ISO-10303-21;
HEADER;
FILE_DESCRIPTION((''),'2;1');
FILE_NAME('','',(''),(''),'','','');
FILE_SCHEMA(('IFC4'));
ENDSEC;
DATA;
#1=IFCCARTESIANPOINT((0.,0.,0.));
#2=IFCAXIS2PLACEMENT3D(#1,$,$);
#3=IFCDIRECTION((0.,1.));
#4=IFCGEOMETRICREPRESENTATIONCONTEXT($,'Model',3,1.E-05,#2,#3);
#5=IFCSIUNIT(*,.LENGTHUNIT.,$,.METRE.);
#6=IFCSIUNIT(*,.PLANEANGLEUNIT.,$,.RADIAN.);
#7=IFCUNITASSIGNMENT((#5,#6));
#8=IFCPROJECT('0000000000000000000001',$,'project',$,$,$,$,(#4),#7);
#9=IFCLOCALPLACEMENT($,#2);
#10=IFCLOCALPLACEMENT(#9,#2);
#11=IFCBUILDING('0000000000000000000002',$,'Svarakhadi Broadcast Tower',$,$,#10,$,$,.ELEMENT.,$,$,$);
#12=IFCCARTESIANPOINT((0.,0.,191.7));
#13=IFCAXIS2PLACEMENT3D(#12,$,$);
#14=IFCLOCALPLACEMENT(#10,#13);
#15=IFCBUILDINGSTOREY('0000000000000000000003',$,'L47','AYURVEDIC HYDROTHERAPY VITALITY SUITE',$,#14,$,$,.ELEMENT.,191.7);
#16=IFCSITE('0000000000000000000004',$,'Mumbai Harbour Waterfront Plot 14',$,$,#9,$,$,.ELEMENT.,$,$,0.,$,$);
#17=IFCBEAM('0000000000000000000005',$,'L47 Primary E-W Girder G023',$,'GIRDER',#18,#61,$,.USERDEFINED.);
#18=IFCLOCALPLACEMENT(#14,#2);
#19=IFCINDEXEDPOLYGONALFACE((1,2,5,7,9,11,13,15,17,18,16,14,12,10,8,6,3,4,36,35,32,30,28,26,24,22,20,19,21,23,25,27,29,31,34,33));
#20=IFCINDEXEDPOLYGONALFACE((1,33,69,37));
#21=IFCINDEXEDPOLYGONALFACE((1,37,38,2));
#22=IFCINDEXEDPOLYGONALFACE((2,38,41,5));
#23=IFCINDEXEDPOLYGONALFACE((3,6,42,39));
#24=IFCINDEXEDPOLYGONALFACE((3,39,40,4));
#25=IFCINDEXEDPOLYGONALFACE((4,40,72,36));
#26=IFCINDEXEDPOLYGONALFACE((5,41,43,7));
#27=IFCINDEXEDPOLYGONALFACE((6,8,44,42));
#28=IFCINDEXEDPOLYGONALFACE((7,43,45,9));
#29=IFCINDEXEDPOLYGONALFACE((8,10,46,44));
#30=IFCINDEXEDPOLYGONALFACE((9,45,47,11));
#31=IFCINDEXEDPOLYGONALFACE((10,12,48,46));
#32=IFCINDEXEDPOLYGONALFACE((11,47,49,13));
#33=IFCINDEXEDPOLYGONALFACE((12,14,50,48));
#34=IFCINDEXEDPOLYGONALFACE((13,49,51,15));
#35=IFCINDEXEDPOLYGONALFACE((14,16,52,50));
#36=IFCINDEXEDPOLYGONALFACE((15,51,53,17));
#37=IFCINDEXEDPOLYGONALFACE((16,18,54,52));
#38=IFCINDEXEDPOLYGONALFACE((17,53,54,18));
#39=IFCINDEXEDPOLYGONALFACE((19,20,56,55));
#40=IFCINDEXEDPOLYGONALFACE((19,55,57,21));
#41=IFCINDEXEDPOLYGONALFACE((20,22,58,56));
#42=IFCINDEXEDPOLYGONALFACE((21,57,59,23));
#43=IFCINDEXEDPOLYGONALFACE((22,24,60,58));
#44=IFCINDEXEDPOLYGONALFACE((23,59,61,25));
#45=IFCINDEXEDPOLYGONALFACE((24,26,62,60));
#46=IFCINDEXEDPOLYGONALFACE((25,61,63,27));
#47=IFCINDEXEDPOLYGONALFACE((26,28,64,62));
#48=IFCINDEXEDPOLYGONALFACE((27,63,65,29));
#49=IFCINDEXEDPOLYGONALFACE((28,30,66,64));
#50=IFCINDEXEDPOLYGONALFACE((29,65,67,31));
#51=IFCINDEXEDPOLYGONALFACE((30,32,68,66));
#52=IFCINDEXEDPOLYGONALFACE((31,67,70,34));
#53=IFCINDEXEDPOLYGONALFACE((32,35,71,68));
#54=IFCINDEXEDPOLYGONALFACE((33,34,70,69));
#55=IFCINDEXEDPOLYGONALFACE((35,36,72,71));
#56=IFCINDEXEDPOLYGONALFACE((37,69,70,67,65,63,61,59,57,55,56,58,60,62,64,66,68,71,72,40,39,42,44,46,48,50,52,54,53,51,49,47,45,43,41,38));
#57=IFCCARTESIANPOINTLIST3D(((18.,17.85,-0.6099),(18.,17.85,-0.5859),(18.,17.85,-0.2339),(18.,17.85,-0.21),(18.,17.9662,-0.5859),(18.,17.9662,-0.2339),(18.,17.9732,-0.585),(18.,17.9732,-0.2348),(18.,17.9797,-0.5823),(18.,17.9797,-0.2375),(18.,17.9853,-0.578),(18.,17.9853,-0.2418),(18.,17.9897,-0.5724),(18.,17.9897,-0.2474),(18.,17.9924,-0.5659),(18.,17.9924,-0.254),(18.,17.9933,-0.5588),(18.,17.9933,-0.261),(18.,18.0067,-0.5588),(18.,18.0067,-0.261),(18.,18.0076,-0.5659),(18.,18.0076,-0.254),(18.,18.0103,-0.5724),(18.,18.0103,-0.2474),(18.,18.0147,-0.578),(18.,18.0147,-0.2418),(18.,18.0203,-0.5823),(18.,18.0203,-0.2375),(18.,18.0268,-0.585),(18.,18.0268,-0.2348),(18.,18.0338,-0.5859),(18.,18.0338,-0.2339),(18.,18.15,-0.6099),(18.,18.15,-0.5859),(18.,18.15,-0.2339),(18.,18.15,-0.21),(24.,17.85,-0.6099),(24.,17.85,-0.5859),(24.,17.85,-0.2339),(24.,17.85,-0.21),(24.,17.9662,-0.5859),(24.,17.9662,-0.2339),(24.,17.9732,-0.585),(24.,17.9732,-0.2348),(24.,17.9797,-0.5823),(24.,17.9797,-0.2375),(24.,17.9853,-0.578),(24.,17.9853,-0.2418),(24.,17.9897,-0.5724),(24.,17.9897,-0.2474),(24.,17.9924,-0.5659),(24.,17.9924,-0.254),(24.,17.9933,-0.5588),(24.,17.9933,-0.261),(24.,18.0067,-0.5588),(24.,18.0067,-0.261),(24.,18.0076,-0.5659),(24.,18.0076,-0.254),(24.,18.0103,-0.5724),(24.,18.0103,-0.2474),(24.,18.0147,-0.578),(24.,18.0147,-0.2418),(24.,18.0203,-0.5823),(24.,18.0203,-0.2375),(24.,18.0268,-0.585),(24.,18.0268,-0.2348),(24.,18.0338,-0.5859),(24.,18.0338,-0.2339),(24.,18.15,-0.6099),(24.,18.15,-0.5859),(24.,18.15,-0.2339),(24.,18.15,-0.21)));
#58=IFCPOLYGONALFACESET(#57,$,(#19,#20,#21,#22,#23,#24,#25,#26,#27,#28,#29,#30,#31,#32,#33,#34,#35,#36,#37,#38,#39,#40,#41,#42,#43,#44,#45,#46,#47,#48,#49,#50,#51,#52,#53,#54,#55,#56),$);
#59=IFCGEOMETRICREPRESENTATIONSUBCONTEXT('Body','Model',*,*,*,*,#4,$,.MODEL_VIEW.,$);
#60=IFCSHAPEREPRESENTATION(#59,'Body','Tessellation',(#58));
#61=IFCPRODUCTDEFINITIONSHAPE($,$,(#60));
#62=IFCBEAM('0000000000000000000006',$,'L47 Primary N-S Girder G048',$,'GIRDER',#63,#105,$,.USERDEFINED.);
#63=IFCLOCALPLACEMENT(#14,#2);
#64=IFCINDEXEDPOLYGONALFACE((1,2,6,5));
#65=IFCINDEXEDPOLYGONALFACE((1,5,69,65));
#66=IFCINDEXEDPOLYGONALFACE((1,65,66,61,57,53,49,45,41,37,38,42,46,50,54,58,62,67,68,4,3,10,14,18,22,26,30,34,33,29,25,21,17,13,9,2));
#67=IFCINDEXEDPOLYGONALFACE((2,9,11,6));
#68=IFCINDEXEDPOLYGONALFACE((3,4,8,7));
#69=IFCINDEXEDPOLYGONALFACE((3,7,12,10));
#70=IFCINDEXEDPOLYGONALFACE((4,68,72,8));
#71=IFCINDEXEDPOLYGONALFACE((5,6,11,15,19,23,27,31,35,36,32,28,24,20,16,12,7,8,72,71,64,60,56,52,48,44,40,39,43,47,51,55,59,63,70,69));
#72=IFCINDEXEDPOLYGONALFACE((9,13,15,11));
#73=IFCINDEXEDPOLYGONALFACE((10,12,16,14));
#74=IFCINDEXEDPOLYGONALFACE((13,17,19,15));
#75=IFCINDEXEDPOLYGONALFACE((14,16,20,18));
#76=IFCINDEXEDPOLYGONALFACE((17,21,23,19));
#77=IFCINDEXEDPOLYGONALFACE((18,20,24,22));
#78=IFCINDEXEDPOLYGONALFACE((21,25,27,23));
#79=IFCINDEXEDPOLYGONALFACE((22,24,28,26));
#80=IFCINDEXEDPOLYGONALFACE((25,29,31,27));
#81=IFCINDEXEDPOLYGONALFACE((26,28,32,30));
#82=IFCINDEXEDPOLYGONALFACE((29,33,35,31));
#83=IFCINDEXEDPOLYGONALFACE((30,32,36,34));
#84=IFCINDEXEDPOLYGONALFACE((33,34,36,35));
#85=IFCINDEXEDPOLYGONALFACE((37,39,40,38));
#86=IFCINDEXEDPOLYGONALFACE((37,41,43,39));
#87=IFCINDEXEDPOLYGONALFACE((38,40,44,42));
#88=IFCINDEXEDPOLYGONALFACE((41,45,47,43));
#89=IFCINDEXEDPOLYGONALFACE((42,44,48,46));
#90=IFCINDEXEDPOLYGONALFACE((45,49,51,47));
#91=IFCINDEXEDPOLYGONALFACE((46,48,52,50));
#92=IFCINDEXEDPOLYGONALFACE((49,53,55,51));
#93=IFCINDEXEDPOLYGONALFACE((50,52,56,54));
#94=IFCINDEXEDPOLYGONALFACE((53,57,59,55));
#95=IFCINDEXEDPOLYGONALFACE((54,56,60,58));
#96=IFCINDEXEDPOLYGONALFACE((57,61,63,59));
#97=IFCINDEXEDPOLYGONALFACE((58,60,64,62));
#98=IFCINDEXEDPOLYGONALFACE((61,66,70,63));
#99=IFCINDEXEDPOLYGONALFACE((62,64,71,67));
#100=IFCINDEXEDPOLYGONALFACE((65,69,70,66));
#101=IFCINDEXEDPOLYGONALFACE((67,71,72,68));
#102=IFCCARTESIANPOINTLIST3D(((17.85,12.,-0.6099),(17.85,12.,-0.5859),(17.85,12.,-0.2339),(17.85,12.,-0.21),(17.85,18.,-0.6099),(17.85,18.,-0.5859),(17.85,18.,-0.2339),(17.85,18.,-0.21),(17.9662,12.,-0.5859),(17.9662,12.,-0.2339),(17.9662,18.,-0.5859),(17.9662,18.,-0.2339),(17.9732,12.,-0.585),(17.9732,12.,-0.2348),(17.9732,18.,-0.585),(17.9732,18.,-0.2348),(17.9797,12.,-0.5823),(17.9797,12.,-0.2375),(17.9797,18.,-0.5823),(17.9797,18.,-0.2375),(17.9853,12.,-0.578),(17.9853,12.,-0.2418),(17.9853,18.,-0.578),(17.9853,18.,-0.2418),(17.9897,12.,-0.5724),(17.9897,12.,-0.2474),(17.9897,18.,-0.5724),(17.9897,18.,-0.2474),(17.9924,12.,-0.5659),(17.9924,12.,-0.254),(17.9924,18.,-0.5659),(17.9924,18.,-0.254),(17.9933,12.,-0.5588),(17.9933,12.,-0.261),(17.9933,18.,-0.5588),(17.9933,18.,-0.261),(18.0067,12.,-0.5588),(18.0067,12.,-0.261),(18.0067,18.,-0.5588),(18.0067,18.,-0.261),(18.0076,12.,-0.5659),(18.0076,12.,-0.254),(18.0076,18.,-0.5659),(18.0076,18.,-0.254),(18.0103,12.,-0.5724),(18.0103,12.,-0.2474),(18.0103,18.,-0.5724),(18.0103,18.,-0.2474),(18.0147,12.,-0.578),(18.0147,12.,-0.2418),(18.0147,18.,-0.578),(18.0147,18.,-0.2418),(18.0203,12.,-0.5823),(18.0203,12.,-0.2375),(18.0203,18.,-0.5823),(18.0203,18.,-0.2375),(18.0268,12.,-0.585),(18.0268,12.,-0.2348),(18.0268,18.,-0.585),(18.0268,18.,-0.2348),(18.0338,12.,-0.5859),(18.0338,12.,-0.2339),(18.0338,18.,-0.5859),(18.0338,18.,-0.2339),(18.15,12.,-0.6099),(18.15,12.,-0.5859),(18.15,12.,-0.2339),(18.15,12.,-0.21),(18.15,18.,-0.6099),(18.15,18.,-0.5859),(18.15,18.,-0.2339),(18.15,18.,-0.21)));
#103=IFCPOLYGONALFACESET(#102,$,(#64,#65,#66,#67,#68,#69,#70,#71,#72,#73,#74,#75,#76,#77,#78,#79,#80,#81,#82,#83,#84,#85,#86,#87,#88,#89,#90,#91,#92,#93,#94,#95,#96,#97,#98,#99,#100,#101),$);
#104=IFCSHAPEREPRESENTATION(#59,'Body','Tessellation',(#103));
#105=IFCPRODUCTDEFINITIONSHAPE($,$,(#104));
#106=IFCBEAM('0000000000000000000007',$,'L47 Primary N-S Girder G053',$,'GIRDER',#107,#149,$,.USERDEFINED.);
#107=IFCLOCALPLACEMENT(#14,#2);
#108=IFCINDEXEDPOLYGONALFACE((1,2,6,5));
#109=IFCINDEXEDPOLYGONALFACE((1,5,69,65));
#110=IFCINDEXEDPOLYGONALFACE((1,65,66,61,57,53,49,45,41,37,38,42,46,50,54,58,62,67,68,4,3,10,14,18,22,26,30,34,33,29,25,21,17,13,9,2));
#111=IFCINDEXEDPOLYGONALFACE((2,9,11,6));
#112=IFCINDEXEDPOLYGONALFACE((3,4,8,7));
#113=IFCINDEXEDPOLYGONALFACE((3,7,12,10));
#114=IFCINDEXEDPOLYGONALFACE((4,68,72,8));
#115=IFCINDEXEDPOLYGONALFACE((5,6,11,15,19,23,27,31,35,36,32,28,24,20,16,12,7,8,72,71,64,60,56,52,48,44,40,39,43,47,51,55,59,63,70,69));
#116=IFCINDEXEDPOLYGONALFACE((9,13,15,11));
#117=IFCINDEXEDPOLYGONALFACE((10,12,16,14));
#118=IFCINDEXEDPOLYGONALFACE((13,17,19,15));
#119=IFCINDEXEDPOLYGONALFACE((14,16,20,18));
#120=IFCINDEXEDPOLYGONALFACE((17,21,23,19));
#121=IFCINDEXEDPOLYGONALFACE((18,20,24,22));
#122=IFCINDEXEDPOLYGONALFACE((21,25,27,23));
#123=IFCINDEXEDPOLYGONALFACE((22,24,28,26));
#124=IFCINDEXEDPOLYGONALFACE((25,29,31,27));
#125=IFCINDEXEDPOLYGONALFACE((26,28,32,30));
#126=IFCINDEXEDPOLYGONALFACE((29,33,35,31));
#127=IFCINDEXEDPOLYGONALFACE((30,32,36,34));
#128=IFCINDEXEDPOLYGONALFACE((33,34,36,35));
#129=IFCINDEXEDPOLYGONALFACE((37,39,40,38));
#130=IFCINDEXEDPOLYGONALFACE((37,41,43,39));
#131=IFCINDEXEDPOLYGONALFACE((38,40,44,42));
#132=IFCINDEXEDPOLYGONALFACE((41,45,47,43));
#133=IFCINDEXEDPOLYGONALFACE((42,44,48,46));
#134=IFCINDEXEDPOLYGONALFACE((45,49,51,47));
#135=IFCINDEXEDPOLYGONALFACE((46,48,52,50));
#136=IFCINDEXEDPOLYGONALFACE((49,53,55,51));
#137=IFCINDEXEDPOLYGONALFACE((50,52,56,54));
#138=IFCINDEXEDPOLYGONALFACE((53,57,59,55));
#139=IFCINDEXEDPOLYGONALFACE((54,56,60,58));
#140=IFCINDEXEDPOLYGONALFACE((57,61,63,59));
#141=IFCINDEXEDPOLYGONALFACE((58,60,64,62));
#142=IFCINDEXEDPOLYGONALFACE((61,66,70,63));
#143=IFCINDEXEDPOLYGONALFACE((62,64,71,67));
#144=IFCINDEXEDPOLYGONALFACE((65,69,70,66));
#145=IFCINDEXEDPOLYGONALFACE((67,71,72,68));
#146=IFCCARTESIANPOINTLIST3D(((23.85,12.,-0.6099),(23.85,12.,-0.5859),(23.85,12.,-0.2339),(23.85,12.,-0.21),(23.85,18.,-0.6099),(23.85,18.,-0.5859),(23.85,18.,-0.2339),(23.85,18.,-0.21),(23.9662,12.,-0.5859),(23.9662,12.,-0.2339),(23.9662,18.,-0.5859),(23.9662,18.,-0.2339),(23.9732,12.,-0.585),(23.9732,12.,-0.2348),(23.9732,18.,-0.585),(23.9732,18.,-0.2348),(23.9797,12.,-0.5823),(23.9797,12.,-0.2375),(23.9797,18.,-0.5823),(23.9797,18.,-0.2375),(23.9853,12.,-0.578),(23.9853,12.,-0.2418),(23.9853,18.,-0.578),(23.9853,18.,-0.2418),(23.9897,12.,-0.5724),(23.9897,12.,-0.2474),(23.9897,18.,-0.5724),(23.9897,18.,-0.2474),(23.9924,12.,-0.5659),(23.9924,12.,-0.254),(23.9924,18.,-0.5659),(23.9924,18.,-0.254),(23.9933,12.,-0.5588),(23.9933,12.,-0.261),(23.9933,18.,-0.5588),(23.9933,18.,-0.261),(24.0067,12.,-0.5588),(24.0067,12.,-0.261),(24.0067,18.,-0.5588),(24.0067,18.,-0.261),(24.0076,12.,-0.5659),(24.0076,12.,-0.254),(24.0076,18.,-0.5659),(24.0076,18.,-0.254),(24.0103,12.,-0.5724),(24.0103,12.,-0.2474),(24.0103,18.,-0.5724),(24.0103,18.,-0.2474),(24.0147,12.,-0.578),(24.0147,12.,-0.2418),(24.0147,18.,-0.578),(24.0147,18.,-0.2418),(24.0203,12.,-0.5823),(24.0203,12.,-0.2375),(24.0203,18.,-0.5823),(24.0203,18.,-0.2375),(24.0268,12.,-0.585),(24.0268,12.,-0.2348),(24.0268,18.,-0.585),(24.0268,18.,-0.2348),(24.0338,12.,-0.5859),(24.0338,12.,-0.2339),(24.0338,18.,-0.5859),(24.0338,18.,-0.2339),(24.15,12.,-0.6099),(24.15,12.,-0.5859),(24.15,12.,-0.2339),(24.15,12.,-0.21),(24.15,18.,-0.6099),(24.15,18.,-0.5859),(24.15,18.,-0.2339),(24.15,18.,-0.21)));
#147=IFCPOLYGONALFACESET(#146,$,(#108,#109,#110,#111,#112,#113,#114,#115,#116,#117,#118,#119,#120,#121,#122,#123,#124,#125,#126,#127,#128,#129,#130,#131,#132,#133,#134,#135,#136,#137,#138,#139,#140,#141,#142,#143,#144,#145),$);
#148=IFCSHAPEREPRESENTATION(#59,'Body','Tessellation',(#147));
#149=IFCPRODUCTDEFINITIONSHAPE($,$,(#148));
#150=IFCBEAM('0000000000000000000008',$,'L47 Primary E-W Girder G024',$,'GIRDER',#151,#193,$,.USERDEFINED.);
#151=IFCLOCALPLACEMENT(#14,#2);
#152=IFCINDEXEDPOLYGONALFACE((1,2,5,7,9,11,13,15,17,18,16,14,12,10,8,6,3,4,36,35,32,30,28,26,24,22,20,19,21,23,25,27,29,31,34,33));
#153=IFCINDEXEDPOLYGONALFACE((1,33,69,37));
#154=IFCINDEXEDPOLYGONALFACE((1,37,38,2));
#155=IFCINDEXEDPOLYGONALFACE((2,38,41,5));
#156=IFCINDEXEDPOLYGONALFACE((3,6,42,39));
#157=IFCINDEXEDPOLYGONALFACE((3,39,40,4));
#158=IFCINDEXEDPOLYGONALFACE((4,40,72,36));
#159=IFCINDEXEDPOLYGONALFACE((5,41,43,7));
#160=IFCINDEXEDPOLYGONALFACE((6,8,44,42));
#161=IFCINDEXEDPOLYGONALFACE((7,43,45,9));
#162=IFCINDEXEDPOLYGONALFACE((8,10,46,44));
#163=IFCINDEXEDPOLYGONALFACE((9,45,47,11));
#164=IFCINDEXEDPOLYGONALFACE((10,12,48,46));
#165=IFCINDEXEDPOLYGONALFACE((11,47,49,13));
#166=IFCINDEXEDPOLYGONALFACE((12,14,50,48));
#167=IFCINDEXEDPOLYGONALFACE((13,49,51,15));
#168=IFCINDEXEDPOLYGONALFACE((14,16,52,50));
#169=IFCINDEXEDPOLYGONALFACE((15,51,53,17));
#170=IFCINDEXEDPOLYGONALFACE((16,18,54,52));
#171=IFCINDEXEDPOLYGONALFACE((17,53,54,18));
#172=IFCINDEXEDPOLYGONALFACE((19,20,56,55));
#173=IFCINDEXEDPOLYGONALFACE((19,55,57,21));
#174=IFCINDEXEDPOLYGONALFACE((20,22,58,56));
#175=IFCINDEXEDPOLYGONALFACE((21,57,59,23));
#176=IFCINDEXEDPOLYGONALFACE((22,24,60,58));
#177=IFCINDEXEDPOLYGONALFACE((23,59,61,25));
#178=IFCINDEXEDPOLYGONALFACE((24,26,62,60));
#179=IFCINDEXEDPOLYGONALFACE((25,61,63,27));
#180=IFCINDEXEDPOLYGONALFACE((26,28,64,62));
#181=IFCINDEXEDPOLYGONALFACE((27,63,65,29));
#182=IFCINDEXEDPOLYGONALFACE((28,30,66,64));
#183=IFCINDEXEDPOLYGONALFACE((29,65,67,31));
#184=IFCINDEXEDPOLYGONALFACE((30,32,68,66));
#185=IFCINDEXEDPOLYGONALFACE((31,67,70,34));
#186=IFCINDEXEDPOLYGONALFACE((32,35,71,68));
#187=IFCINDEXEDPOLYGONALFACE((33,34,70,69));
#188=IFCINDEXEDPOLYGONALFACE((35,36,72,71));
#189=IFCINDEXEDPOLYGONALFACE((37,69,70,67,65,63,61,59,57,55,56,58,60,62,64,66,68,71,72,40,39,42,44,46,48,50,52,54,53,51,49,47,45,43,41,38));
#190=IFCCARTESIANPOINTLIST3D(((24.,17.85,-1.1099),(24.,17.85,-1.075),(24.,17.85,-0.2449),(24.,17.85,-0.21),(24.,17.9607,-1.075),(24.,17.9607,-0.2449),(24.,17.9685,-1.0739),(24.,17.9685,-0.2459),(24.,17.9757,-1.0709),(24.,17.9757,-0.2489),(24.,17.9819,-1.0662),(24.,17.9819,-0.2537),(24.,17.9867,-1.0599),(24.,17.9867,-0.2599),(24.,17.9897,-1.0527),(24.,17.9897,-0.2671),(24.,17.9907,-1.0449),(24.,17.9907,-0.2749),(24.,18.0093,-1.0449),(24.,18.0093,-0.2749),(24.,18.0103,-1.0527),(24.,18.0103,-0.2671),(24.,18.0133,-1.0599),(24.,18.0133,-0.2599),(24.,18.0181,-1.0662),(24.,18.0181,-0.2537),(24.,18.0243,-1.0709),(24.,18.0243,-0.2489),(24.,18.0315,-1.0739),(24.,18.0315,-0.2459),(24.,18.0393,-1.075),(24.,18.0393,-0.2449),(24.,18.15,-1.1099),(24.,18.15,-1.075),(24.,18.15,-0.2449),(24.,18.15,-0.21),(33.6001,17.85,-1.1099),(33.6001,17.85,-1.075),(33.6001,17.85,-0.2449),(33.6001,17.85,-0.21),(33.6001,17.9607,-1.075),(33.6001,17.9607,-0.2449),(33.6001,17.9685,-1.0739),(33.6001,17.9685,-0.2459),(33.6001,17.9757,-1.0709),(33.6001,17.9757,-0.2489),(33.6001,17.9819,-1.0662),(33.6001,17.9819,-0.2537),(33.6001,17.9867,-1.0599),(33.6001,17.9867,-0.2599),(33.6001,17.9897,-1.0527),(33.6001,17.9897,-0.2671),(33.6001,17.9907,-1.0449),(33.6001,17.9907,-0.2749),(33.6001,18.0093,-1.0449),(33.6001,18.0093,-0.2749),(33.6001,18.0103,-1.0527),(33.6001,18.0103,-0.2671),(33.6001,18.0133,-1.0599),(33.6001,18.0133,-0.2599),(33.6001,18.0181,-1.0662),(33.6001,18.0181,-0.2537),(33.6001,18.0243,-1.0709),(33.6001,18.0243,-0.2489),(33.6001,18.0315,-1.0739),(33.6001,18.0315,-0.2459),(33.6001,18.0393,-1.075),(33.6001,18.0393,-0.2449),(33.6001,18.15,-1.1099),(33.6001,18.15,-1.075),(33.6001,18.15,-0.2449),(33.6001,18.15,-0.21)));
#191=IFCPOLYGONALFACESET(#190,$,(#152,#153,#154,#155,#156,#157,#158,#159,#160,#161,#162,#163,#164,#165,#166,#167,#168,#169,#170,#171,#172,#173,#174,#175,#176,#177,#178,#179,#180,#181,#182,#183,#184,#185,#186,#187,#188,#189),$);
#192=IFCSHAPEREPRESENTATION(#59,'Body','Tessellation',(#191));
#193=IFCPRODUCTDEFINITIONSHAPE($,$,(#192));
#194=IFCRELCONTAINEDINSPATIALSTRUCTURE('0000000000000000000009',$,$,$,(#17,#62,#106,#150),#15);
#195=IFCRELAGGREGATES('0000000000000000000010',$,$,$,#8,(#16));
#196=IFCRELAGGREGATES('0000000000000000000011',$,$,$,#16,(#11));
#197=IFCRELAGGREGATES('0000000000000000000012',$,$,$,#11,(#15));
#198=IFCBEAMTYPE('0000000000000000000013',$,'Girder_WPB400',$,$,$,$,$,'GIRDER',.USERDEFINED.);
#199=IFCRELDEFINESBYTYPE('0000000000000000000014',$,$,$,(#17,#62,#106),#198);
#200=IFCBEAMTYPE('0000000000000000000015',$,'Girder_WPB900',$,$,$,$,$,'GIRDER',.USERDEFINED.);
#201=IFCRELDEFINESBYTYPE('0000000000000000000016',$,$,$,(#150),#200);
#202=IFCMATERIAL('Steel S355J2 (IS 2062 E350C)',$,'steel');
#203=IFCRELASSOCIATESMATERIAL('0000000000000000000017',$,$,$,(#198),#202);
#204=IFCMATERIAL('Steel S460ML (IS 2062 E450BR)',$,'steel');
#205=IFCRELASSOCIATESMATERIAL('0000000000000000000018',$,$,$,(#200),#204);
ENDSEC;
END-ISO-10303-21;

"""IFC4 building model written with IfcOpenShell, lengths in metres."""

from ifc_helpers import new_model, si_unit, direction, frame, origin, origin_2d, place, context, subcontext, project, spatial, i_section, extrude, material, material_profile, profile_set, type_object, element, save


model = new_model("IFC4")

# Units and contexts
model_context = context("Model", 3, precision=1e-05, world=origin(), true_north=direction((0.0, 1.0)))
body_context = subcontext(model_context, "Body", "Model", "MODEL_VIEW")
ifc_project = project(units=[si_unit("LENGTHUNIT", "METRE"), si_unit("PLANEANGLEUNIT", "RADIAN")], contexts=[model_context])

# Site, building, storey
site_placement = place(None, origin())
site = spatial("IfcSite", under=ifc_project, at=site_placement, Name="Mumbai Harbour Waterfront Plot 14", CompositionType="ELEMENT", RefElevation=0.0)
building_placement = place(site_placement, origin())
building = spatial("IfcBuilding", under=site, at=building_placement, Name="Svarakhadi Broadcast Tower", CompositionType="ELEMENT")
storey_placement = place(building_placement, frame((0.0, 0.0, 191.7)))
storey = spatial("IfcBuildingStorey", under=building, at=storey_placement, Name="L47", Description="AYURVEDIC HYDROTHERAPY VITALITY SUITE", CompositionType="ELEMENT", Elevation=191.7)

# Shared definitions
ifc_material_1 = material(Name="Steel S355J2 (IS 2062 E350C)", Category="steel")

# Beams
ifc_material_profile_1 = material_profile(ifc_material_1, i_section(OverallWidth=0.3, OverallDepth=0.3999, WebThickness=0.0134, FlangeThickness=0.0239, FilletRadius=0.0271, at=origin_2d()), Name="WPB 400x300x155")
ifc_profile_set_1 = profile_set([ifc_material_profile_1], Name="Steel S355J2 (IS 2062 E350C)")
beam_type_1 = type_object("IfcBeamType", Name="Girder_WPB400", ElementType="GIRDER", PredefinedType="USERDEFINED", material=ifc_profile_set_1)
for number, where, z_axis, x_axis, name in (
    (1, (18.0, 18.0, -0.4099), (1.0, 0.0, 0.0), (0.0, 1.0, 0.0), "L47 Primary E-W Girder G023"),
    (2, (18.0, 12.0, -0.4099), (0.0, 1.0, 0.0), (-1.0, 0.0, 0.0), "L47 Primary N-S Girder G048"),
    (3, (24.0, 12.0, -0.4099), (0.0, 1.0, 0.0), (-1.0, 0.0, 0.0), "L47 Primary N-S Girder G053"),
):
    element("IfcBeam", number, at=place(storey_placement, frame(where, z_axis=z_axis, x_axis=x_axis)), inside=storey, type_object=beam_type_1, Name=name, ObjectType="GIRDER", PredefinedType="USERDEFINED", context=body_context, shape_type="SweptSolid", body=[
        extrude(i_section(OverallWidth=0.3, OverallDepth=0.3999, WebThickness=0.0134, FlangeThickness=0.0239, FilletRadius=0.0271, at=origin_2d()), origin(), (0.0, 0.0, 1.0), 6.0),
    ])
ifc_material_2 = material(Name="Steel S460ML (IS 2062 E450BR)", Category="steel")
ifc_material_profile_2 = material_profile(ifc_material_2, i_section(OverallWidth=0.3, OverallDepth=0.8999, WebThickness=0.0186, FlangeThickness=0.0349, FilletRadius=0.03, at=origin_2d()), Name="WPB 900x300x291")
ifc_profile_set_2 = profile_set([ifc_material_profile_2], Name="Steel S460ML (IS 2062 E450BR)")
beam_type_2 = type_object("IfcBeamType", Name="Girder_WPB900", ElementType="GIRDER", PredefinedType="USERDEFINED", material=ifc_profile_set_2)
for number, where, z_axis, x_axis, name in (
    (4, (24.0, 18.0, -0.6599), (1.0, 0.0, 0.0), (0.0, 1.0, 0.0), "L47 Primary E-W Girder G024"),
):
    element("IfcBeam", number, at=place(storey_placement, frame(where, z_axis=z_axis, x_axis=x_axis)), inside=storey, type_object=beam_type_2, Name=name, ObjectType="GIRDER", PredefinedType="USERDEFINED", context=body_context, shape_type="SweptSolid", body=[
        extrude(i_section(OverallWidth=0.3, OverallDepth=0.8999, WebThickness=0.0186, FlangeThickness=0.0349, FilletRadius=0.03, at=origin_2d()), origin(), (0.0, 0.0, 1.0), 9.6001),
    ])

save(model, "model.ifc")
